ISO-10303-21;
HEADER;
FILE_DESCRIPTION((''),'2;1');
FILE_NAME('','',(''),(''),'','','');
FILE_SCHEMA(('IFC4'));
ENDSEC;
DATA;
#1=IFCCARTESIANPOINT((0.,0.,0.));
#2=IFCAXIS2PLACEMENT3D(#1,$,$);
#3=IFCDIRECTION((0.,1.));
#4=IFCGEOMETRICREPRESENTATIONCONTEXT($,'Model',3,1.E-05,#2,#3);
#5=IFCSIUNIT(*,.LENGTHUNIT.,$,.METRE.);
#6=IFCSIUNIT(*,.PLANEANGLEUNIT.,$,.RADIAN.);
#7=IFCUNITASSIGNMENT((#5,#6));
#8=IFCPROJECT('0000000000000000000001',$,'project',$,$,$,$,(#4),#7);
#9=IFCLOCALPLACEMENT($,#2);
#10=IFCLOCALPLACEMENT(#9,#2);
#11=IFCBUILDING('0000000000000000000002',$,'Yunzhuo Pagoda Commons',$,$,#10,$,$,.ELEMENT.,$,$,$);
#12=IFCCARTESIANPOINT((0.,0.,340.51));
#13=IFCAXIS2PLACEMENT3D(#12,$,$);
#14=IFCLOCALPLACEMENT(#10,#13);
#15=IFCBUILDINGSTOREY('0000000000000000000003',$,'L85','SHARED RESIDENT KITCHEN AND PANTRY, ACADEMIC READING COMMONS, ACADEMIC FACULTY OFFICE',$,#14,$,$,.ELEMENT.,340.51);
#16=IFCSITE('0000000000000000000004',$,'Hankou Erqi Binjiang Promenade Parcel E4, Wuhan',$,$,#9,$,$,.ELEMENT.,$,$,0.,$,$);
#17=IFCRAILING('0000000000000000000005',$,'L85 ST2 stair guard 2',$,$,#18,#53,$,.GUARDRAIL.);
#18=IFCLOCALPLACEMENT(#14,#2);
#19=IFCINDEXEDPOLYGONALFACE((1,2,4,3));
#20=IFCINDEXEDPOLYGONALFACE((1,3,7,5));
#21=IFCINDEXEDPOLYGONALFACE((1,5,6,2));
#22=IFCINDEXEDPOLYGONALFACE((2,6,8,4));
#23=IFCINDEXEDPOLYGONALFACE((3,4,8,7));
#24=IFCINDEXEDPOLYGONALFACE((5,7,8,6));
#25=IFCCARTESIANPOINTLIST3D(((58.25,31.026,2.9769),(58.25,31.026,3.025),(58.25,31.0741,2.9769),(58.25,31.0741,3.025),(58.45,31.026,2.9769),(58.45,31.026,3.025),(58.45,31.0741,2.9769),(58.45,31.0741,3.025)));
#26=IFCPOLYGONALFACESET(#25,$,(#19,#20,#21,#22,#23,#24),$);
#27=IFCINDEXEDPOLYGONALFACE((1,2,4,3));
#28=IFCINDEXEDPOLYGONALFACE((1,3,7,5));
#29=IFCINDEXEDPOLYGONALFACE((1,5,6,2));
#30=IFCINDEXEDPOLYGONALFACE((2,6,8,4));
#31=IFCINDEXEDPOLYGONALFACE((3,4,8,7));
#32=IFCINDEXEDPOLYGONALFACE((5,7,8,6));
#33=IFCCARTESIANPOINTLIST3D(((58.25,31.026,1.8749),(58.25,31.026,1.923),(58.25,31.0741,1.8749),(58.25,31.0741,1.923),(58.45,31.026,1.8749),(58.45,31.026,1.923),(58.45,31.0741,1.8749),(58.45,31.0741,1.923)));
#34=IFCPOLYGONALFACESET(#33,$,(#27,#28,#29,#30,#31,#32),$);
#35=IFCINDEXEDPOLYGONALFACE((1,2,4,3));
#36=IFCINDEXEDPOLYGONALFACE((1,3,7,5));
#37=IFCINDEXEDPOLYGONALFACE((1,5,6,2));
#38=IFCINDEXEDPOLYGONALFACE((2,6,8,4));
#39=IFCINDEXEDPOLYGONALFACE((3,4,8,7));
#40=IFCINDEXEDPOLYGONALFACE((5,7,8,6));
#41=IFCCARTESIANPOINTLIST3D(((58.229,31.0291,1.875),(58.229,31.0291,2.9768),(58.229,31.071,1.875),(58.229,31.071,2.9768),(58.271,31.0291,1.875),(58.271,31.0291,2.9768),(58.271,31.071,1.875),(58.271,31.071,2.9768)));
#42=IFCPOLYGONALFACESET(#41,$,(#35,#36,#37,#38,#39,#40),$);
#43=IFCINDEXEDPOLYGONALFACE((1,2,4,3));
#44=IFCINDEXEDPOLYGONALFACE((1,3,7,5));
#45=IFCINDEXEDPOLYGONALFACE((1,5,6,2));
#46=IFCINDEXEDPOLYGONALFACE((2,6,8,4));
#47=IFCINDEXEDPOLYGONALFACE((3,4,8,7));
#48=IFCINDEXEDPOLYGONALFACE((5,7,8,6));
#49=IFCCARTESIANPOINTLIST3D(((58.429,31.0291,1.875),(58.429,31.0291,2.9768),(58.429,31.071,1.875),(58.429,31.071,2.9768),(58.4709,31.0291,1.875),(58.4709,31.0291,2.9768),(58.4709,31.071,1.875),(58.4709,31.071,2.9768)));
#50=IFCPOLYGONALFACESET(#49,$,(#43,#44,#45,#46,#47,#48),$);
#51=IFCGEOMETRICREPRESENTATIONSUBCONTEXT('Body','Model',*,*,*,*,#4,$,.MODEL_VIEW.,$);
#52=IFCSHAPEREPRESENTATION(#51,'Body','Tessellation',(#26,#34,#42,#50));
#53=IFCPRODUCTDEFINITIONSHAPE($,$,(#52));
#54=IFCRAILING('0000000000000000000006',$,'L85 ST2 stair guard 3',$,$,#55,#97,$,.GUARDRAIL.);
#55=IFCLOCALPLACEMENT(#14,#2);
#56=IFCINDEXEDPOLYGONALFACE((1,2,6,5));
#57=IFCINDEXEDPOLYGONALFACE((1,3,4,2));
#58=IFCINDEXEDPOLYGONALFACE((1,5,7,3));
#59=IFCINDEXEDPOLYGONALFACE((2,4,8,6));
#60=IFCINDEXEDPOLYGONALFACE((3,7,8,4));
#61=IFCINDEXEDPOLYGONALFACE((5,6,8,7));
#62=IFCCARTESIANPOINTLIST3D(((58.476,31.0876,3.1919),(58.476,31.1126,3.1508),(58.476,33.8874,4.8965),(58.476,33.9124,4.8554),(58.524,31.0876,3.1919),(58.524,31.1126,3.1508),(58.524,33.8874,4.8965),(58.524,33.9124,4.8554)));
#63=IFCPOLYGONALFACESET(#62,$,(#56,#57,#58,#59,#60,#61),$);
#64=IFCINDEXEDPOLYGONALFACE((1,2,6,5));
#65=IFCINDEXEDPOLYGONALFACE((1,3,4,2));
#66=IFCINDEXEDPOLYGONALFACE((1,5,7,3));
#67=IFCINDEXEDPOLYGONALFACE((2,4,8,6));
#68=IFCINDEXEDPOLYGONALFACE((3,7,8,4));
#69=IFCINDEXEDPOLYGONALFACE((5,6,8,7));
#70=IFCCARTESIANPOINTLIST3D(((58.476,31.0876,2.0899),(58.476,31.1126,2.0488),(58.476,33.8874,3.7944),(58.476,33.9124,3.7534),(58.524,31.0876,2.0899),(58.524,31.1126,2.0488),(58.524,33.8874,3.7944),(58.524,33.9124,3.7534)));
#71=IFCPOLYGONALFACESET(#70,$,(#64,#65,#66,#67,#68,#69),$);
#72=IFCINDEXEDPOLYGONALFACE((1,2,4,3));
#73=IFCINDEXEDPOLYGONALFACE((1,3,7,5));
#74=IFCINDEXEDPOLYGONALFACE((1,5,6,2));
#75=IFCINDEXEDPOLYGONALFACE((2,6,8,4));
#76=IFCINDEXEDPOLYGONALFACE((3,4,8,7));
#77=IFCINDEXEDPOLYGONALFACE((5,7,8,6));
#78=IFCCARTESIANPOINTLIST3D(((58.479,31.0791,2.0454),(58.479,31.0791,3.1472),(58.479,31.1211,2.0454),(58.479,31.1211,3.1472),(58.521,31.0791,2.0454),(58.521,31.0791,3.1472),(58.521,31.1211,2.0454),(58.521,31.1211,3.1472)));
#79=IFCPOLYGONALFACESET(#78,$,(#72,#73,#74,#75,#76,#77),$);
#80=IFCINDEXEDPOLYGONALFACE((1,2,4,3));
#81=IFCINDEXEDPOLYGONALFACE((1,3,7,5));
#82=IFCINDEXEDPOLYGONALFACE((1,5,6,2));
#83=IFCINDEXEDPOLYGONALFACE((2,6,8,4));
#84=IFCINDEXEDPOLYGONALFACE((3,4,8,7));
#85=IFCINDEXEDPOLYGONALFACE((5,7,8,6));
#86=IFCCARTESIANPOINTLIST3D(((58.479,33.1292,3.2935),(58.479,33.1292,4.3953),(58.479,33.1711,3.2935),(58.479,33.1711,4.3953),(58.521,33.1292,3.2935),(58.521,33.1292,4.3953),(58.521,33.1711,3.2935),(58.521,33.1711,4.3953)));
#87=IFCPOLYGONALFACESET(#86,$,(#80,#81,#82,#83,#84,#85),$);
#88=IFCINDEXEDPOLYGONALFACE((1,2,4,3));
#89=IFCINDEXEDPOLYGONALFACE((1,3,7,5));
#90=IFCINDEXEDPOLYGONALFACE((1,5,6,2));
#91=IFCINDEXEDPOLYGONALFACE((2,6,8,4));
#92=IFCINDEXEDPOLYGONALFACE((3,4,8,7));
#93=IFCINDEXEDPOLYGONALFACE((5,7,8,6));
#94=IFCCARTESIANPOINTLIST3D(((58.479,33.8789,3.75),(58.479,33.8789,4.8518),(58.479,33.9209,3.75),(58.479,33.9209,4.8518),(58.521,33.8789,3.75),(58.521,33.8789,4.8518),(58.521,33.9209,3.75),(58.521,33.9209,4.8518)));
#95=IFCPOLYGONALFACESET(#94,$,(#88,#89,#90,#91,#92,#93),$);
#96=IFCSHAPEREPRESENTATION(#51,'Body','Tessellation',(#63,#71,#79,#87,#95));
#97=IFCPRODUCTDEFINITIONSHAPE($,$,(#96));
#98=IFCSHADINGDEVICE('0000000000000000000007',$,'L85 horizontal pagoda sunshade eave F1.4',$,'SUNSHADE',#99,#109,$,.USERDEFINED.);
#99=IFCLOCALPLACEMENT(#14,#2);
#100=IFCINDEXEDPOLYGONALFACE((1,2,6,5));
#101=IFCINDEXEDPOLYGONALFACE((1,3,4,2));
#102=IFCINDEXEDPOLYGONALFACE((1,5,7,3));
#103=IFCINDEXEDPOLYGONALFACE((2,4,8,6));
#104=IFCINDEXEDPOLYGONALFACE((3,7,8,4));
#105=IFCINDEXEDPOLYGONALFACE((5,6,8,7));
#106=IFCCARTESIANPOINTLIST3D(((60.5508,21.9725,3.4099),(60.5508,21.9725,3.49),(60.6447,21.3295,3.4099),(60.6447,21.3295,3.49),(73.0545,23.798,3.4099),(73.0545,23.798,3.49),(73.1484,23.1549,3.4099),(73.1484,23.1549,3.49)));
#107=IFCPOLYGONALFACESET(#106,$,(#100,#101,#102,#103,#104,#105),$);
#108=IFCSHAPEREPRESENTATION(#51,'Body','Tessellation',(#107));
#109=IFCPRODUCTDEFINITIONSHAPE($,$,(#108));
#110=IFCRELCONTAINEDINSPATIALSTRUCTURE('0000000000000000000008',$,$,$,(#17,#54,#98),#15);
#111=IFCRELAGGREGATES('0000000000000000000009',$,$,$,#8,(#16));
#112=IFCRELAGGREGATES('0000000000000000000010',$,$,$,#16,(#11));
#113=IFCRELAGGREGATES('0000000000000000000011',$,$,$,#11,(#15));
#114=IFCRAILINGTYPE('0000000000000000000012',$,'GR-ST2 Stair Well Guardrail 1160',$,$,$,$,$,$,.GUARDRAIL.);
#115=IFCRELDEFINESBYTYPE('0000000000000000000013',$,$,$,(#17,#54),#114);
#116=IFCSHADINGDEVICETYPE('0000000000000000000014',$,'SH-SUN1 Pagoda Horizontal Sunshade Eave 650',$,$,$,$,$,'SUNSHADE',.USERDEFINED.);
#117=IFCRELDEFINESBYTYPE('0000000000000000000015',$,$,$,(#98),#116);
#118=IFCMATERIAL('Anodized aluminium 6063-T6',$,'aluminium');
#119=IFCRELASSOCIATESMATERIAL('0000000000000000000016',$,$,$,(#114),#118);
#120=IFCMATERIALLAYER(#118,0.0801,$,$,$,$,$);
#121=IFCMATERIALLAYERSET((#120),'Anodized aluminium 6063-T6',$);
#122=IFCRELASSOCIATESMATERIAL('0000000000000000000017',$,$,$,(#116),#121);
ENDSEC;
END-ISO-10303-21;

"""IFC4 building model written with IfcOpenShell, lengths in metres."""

from ifc_helpers import new_model, si_unit, direction, frame, origin, origin_2d, place, context, subcontext, project, spatial, rectangle, extrude, source, transform, mapped, material, layer, layer_set, type_object, element, save


model = new_model("IFC4")

# Units and contexts
model_context = context("Model", 3, precision=1e-05, world=origin(), true_north=direction((0.0, 1.0)))
body_context = subcontext(model_context, "Body", "Model", "MODEL_VIEW")
ifc_project = project(units=[si_unit("LENGTHUNIT", "METRE"), si_unit("PLANEANGLEUNIT", "RADIAN")], contexts=[model_context])

# Site, building, storey
site_placement = place(None, origin())
site = spatial("IfcSite", under=ifc_project, at=site_placement, Name="Hankou Erqi Binjiang Promenade Parcel E4, Wuhan", CompositionType="ELEMENT", RefElevation=0.0)
building_placement = place(site_placement, origin())
building = spatial("IfcBuilding", under=site, at=building_placement, Name="Yunzhuo Pagoda Commons", CompositionType="ELEMENT")
storey_placement = place(building_placement, frame((0.0, 0.0, 340.51)))
storey = spatial("IfcBuildingStorey", under=building, at=storey_placement, Name="L85", Description="SHARED RESIDENT KITCHEN AND PANTRY, ACADEMIC READING COMMONS, ACADEMIC FACULTY OFFICE", CompositionType="ELEMENT", Elevation=340.51)

# Shared definitions
ifc_material_1 = material(Name="Anodized aluminium 6063-T6", Category="aluminium")

# Railings
railing_type = type_object("IfcRailingType", Name="GR-ST2 Stair Well Guardrail 1160", PredefinedType="GUARDRAIL", material=ifc_material_1)
railing_1_placement = place(storey_placement, frame((58.25, 31.05, 1.875)))
element("IfcRailing", 1, at=railing_1_placement, inside=storey, type_object=railing_type, Name="L85 ST2 stair guard 2", PredefinedType="GUARDRAIL", context=body_context, shape_type="SweptSolid", body=[
    extrude(rectangle(XDim=0.0481, YDim=0.0481, at=origin_2d()), frame((0.0, 0.0, 1.126), z_axis=(1.0, 0.0, 0.0), x_axis=(0.0, 1.0, 0.0)), (0.0, 0.0, 1.0), 0.2),
    extrude(rectangle(XDim=0.0481, YDim=0.0481, at=origin_2d()), frame((0.0, 0.0, 0.0239), z_axis=(1.0, 0.0, 0.0), x_axis=(0.0, 1.0, 0.0)), (0.0, 0.0, 1.0), 0.2),
    extrude(rectangle(XDim=0.042, YDim=0.042, at=origin_2d()), origin(), (0.0, 0.0, 1.0), 1.1018),
    extrude(rectangle(XDim=0.042, YDim=0.042, at=origin_2d()), frame((0.2, 0.0, 0.0)), (0.0, 0.0, 1.0), 1.1018),
])
railing_2_placement = place(storey_placement, frame((58.5, 31.1001, 2.0454)))
element("IfcRailing", 2, at=railing_2_placement, inside=storey, type_object=railing_type, Name="L85 ST2 stair guard 3", PredefinedType="GUARDRAIL", context=body_context, shape_type="SweptSolid", body=[
    extrude(rectangle(XDim=0.0481, YDim=0.0481, at=origin_2d()), frame((0.0, 0.0, 1.126), z_axis=(0.0, 0.85415, 0.520027), x_axis=(-1.0, 0.0, 0.0)), (0.0, 0.0, 1.0), 3.2778),
    extrude(rectangle(XDim=0.0481, YDim=0.0481, at=origin_2d()), frame((0.0, 0.0, 0.0239), z_axis=(0.0, 0.85415, 0.520027), x_axis=(-1.0, 0.0, 0.0)), (0.0, 0.0, 1.0), 3.2778),
    extrude(rectangle(XDim=0.042, YDim=0.042, at=origin_2d()), origin(), (0.0, 0.0, 1.0), 1.1018),
    extrude(rectangle(XDim=0.042, YDim=0.042, at=origin_2d()), frame((0.0, 2.05, 1.248)), (0.0, 0.0, 1.0), 1.1018),
    extrude(rectangle(XDim=0.042, YDim=0.042, at=origin_2d()), frame((0.0, 2.7998, 1.7046)), (0.0, 0.0, 1.0), 1.1018),
])

# Shading device
ifc_layer_1 = layer(ifc_material_1, 0.0801)
ifc_layer_set_1 = layer_set([ifc_layer_1], Name="Anodized aluminium 6063-T6")
shading_device_type = type_object("IfcShadingDeviceType", Name="SH-SUN1 Pagoda Horizontal Sunshade Eave 650", ElementType="SUNSHADE", PredefinedType="USERDEFINED", material=ifc_layer_set_1)
shared_shape_1 = source(origin(), body_context, "Body", "SweptSolid", [
    extrude(rectangle(XDim=12.6362, YDim=0.6499, at=origin_2d()), origin(), (0.0, 0.0, 1.0), 0.0801),
])
shading_device_placement = place(storey_placement, frame((66.8496, 22.5637, 3.4099), z_axis=(0.0, 0.0, 1.0), x_axis=(0.989511, 0.14446, 0.0)))
element("IfcShadingDevice", 3, at=shading_device_placement, inside=storey, type_object=shading_device_type, Name="L85 horizontal pagoda sunshade eave F1.4", ObjectType="SUNSHADE", PredefinedType="USERDEFINED", context=body_context, shape_type="MappedRepresentation", body=[
    mapped(shared_shape_1, transform((0.0, 0.0, 0.0), scale=1.0)),
])

save(model, "model.ifc")
